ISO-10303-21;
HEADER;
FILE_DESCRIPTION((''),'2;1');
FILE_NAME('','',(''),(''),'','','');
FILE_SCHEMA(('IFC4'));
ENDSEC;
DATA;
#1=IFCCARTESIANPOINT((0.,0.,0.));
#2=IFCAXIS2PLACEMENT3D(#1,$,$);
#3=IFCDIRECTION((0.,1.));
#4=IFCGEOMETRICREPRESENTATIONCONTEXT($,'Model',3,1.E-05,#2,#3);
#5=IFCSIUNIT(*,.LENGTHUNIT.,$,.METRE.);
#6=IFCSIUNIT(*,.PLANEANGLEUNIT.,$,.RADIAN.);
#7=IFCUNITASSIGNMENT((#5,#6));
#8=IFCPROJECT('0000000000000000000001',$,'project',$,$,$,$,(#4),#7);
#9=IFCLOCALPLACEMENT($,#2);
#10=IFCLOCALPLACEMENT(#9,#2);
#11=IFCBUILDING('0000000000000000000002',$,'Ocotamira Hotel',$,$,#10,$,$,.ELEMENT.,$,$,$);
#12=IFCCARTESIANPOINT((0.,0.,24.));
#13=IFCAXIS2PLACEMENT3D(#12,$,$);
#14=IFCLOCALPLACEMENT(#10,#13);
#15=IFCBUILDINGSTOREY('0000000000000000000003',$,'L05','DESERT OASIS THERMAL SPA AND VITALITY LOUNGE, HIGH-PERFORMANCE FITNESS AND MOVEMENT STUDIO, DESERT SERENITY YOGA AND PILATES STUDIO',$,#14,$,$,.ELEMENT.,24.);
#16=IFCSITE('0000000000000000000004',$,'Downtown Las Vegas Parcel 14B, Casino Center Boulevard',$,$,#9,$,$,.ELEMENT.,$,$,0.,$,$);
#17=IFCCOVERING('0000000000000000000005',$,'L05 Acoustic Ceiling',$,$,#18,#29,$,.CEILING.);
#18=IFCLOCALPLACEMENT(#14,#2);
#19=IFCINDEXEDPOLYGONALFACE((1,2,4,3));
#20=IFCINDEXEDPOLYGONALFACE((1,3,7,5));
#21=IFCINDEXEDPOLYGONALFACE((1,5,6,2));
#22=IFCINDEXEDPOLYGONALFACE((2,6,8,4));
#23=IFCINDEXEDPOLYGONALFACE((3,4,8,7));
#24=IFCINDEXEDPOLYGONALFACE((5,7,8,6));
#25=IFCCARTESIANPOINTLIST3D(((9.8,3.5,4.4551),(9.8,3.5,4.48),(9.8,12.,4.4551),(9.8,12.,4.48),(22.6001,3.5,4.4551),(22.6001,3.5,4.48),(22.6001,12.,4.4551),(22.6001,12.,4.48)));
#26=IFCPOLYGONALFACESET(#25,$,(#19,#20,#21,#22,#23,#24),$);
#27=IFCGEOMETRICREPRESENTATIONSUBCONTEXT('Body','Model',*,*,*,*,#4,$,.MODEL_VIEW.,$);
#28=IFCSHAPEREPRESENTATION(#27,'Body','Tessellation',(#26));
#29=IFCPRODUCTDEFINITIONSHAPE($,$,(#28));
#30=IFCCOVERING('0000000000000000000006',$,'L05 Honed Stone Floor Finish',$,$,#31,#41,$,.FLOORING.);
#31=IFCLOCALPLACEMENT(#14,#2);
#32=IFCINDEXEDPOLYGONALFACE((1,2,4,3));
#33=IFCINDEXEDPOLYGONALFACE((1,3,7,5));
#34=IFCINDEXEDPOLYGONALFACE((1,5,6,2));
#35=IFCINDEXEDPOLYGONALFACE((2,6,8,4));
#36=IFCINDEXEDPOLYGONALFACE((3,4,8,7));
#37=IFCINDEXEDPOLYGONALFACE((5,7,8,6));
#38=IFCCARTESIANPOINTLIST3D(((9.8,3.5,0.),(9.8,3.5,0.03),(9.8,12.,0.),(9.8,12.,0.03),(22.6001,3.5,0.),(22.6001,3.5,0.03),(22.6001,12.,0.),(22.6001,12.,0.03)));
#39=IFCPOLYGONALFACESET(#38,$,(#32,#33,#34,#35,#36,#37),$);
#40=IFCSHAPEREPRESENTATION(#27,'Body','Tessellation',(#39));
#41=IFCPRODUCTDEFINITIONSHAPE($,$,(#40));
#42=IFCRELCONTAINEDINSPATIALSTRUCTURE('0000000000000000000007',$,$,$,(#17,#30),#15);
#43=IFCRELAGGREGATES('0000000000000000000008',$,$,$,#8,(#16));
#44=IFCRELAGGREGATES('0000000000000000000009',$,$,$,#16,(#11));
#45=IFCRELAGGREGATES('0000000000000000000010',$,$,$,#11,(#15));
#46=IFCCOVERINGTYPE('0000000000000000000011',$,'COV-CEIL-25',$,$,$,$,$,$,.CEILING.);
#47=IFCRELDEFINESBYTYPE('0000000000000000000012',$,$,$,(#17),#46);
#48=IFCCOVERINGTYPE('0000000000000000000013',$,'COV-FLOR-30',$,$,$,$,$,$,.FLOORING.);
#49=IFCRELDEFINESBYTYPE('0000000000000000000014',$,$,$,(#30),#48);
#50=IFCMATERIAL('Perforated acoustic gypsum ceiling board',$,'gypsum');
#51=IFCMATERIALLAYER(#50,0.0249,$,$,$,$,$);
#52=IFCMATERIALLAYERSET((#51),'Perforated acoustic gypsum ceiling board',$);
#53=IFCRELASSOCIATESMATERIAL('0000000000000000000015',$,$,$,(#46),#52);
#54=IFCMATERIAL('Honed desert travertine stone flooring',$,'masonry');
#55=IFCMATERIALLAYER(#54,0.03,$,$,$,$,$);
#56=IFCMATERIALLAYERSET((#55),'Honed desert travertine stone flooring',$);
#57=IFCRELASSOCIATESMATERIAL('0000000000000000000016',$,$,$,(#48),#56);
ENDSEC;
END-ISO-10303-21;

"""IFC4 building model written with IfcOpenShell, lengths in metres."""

from ifc_helpers import new_model, si_unit, direction, frame, origin, place, context, subcontext, project, spatial, polyline, outline, extrude, material, layer, layer_set, type_object, element, save


model = new_model("IFC4")

# Units and contexts
model_context = context("Model", 3, precision=1e-05, world=origin(), true_north=direction((0.0, 1.0)))
body_context = subcontext(model_context, "Body", "Model", "MODEL_VIEW")
ifc_project = project(units=[si_unit("LENGTHUNIT", "METRE"), si_unit("PLANEANGLEUNIT", "RADIAN")], contexts=[model_context])

# Site, building, storey
site_placement = place(None, origin())
site = spatial("IfcSite", under=ifc_project, at=site_placement, Name="Downtown Las Vegas Parcel 14B, Casino Center Boulevard", CompositionType="ELEMENT", RefElevation=0.0)
building_placement = place(site_placement, origin())
building = spatial("IfcBuilding", under=site, at=building_placement, Name="Ocotamira Hotel", CompositionType="ELEMENT")
storey_placement = place(building_placement, frame((0.0, 0.0, 24.0)))
storey = spatial("IfcBuildingStorey", under=building, at=storey_placement, Name="L05", Description="DESERT OASIS THERMAL SPA AND VITALITY LOUNGE, HIGH-PERFORMANCE FITNESS AND MOVEMENT STUDIO, DESERT SERENITY YOGA AND PILATES STUDIO", CompositionType="ELEMENT", Elevation=24.0)

# Coverings
ifc_material_1 = material(Name="Perforated acoustic gypsum ceiling board", Category="gypsum")
ifc_layer_1 = layer(ifc_material_1, 0.0249)
ifc_layer_set_1 = layer_set([ifc_layer_1], Name="Perforated acoustic gypsum ceiling board")
covering_type_1 = type_object("IfcCoveringType", Name="COV-CEIL-25", PredefinedType="CEILING", material=ifc_layer_set_1)
covering_1_placement = place(storey_placement, frame((0.0, 0.0, 4.4551)))
element("IfcCovering", 1, at=covering_1_placement, inside=storey, type_object=covering_type_1, Name="L05 Acoustic Ceiling", PredefinedType="CEILING", context=body_context, shape_type="SweptSolid", body=[
    extrude(outline(polyline([(9.8, 3.5), (22.6001, 3.5), (22.6001, 12.0), (9.8, 12.0), (9.8, 3.5)])), origin(), (0.0, 0.0, 1.0), 0.0249),
])
ifc_material_2 = material(Name="Honed desert travertine stone flooring", Category="masonry")
ifc_layer_2 = layer(ifc_material_2, 0.03)
ifc_layer_set_2 = layer_set([ifc_layer_2], Name="Honed desert travertine stone flooring")
covering_type_2 = type_object("IfcCoveringType", Name="COV-FLOR-30", PredefinedType="FLOORING", material=ifc_layer_set_2)
covering_2_placement = place(storey_placement, origin())
element("IfcCovering", 2, at=covering_2_placement, inside=storey, type_object=covering_type_2, Name="L05 Honed Stone Floor Finish", PredefinedType="FLOORING", context=body_context, shape_type="SweptSolid", body=[
    extrude(outline(polyline([(9.8, 3.5), (22.6001, 3.5), (22.6001, 12.0), (9.8, 12.0), (9.8, 3.5)])), origin(), (0.0, 0.0, 1.0), 0.03),
])

save(model, "model.ifc")
